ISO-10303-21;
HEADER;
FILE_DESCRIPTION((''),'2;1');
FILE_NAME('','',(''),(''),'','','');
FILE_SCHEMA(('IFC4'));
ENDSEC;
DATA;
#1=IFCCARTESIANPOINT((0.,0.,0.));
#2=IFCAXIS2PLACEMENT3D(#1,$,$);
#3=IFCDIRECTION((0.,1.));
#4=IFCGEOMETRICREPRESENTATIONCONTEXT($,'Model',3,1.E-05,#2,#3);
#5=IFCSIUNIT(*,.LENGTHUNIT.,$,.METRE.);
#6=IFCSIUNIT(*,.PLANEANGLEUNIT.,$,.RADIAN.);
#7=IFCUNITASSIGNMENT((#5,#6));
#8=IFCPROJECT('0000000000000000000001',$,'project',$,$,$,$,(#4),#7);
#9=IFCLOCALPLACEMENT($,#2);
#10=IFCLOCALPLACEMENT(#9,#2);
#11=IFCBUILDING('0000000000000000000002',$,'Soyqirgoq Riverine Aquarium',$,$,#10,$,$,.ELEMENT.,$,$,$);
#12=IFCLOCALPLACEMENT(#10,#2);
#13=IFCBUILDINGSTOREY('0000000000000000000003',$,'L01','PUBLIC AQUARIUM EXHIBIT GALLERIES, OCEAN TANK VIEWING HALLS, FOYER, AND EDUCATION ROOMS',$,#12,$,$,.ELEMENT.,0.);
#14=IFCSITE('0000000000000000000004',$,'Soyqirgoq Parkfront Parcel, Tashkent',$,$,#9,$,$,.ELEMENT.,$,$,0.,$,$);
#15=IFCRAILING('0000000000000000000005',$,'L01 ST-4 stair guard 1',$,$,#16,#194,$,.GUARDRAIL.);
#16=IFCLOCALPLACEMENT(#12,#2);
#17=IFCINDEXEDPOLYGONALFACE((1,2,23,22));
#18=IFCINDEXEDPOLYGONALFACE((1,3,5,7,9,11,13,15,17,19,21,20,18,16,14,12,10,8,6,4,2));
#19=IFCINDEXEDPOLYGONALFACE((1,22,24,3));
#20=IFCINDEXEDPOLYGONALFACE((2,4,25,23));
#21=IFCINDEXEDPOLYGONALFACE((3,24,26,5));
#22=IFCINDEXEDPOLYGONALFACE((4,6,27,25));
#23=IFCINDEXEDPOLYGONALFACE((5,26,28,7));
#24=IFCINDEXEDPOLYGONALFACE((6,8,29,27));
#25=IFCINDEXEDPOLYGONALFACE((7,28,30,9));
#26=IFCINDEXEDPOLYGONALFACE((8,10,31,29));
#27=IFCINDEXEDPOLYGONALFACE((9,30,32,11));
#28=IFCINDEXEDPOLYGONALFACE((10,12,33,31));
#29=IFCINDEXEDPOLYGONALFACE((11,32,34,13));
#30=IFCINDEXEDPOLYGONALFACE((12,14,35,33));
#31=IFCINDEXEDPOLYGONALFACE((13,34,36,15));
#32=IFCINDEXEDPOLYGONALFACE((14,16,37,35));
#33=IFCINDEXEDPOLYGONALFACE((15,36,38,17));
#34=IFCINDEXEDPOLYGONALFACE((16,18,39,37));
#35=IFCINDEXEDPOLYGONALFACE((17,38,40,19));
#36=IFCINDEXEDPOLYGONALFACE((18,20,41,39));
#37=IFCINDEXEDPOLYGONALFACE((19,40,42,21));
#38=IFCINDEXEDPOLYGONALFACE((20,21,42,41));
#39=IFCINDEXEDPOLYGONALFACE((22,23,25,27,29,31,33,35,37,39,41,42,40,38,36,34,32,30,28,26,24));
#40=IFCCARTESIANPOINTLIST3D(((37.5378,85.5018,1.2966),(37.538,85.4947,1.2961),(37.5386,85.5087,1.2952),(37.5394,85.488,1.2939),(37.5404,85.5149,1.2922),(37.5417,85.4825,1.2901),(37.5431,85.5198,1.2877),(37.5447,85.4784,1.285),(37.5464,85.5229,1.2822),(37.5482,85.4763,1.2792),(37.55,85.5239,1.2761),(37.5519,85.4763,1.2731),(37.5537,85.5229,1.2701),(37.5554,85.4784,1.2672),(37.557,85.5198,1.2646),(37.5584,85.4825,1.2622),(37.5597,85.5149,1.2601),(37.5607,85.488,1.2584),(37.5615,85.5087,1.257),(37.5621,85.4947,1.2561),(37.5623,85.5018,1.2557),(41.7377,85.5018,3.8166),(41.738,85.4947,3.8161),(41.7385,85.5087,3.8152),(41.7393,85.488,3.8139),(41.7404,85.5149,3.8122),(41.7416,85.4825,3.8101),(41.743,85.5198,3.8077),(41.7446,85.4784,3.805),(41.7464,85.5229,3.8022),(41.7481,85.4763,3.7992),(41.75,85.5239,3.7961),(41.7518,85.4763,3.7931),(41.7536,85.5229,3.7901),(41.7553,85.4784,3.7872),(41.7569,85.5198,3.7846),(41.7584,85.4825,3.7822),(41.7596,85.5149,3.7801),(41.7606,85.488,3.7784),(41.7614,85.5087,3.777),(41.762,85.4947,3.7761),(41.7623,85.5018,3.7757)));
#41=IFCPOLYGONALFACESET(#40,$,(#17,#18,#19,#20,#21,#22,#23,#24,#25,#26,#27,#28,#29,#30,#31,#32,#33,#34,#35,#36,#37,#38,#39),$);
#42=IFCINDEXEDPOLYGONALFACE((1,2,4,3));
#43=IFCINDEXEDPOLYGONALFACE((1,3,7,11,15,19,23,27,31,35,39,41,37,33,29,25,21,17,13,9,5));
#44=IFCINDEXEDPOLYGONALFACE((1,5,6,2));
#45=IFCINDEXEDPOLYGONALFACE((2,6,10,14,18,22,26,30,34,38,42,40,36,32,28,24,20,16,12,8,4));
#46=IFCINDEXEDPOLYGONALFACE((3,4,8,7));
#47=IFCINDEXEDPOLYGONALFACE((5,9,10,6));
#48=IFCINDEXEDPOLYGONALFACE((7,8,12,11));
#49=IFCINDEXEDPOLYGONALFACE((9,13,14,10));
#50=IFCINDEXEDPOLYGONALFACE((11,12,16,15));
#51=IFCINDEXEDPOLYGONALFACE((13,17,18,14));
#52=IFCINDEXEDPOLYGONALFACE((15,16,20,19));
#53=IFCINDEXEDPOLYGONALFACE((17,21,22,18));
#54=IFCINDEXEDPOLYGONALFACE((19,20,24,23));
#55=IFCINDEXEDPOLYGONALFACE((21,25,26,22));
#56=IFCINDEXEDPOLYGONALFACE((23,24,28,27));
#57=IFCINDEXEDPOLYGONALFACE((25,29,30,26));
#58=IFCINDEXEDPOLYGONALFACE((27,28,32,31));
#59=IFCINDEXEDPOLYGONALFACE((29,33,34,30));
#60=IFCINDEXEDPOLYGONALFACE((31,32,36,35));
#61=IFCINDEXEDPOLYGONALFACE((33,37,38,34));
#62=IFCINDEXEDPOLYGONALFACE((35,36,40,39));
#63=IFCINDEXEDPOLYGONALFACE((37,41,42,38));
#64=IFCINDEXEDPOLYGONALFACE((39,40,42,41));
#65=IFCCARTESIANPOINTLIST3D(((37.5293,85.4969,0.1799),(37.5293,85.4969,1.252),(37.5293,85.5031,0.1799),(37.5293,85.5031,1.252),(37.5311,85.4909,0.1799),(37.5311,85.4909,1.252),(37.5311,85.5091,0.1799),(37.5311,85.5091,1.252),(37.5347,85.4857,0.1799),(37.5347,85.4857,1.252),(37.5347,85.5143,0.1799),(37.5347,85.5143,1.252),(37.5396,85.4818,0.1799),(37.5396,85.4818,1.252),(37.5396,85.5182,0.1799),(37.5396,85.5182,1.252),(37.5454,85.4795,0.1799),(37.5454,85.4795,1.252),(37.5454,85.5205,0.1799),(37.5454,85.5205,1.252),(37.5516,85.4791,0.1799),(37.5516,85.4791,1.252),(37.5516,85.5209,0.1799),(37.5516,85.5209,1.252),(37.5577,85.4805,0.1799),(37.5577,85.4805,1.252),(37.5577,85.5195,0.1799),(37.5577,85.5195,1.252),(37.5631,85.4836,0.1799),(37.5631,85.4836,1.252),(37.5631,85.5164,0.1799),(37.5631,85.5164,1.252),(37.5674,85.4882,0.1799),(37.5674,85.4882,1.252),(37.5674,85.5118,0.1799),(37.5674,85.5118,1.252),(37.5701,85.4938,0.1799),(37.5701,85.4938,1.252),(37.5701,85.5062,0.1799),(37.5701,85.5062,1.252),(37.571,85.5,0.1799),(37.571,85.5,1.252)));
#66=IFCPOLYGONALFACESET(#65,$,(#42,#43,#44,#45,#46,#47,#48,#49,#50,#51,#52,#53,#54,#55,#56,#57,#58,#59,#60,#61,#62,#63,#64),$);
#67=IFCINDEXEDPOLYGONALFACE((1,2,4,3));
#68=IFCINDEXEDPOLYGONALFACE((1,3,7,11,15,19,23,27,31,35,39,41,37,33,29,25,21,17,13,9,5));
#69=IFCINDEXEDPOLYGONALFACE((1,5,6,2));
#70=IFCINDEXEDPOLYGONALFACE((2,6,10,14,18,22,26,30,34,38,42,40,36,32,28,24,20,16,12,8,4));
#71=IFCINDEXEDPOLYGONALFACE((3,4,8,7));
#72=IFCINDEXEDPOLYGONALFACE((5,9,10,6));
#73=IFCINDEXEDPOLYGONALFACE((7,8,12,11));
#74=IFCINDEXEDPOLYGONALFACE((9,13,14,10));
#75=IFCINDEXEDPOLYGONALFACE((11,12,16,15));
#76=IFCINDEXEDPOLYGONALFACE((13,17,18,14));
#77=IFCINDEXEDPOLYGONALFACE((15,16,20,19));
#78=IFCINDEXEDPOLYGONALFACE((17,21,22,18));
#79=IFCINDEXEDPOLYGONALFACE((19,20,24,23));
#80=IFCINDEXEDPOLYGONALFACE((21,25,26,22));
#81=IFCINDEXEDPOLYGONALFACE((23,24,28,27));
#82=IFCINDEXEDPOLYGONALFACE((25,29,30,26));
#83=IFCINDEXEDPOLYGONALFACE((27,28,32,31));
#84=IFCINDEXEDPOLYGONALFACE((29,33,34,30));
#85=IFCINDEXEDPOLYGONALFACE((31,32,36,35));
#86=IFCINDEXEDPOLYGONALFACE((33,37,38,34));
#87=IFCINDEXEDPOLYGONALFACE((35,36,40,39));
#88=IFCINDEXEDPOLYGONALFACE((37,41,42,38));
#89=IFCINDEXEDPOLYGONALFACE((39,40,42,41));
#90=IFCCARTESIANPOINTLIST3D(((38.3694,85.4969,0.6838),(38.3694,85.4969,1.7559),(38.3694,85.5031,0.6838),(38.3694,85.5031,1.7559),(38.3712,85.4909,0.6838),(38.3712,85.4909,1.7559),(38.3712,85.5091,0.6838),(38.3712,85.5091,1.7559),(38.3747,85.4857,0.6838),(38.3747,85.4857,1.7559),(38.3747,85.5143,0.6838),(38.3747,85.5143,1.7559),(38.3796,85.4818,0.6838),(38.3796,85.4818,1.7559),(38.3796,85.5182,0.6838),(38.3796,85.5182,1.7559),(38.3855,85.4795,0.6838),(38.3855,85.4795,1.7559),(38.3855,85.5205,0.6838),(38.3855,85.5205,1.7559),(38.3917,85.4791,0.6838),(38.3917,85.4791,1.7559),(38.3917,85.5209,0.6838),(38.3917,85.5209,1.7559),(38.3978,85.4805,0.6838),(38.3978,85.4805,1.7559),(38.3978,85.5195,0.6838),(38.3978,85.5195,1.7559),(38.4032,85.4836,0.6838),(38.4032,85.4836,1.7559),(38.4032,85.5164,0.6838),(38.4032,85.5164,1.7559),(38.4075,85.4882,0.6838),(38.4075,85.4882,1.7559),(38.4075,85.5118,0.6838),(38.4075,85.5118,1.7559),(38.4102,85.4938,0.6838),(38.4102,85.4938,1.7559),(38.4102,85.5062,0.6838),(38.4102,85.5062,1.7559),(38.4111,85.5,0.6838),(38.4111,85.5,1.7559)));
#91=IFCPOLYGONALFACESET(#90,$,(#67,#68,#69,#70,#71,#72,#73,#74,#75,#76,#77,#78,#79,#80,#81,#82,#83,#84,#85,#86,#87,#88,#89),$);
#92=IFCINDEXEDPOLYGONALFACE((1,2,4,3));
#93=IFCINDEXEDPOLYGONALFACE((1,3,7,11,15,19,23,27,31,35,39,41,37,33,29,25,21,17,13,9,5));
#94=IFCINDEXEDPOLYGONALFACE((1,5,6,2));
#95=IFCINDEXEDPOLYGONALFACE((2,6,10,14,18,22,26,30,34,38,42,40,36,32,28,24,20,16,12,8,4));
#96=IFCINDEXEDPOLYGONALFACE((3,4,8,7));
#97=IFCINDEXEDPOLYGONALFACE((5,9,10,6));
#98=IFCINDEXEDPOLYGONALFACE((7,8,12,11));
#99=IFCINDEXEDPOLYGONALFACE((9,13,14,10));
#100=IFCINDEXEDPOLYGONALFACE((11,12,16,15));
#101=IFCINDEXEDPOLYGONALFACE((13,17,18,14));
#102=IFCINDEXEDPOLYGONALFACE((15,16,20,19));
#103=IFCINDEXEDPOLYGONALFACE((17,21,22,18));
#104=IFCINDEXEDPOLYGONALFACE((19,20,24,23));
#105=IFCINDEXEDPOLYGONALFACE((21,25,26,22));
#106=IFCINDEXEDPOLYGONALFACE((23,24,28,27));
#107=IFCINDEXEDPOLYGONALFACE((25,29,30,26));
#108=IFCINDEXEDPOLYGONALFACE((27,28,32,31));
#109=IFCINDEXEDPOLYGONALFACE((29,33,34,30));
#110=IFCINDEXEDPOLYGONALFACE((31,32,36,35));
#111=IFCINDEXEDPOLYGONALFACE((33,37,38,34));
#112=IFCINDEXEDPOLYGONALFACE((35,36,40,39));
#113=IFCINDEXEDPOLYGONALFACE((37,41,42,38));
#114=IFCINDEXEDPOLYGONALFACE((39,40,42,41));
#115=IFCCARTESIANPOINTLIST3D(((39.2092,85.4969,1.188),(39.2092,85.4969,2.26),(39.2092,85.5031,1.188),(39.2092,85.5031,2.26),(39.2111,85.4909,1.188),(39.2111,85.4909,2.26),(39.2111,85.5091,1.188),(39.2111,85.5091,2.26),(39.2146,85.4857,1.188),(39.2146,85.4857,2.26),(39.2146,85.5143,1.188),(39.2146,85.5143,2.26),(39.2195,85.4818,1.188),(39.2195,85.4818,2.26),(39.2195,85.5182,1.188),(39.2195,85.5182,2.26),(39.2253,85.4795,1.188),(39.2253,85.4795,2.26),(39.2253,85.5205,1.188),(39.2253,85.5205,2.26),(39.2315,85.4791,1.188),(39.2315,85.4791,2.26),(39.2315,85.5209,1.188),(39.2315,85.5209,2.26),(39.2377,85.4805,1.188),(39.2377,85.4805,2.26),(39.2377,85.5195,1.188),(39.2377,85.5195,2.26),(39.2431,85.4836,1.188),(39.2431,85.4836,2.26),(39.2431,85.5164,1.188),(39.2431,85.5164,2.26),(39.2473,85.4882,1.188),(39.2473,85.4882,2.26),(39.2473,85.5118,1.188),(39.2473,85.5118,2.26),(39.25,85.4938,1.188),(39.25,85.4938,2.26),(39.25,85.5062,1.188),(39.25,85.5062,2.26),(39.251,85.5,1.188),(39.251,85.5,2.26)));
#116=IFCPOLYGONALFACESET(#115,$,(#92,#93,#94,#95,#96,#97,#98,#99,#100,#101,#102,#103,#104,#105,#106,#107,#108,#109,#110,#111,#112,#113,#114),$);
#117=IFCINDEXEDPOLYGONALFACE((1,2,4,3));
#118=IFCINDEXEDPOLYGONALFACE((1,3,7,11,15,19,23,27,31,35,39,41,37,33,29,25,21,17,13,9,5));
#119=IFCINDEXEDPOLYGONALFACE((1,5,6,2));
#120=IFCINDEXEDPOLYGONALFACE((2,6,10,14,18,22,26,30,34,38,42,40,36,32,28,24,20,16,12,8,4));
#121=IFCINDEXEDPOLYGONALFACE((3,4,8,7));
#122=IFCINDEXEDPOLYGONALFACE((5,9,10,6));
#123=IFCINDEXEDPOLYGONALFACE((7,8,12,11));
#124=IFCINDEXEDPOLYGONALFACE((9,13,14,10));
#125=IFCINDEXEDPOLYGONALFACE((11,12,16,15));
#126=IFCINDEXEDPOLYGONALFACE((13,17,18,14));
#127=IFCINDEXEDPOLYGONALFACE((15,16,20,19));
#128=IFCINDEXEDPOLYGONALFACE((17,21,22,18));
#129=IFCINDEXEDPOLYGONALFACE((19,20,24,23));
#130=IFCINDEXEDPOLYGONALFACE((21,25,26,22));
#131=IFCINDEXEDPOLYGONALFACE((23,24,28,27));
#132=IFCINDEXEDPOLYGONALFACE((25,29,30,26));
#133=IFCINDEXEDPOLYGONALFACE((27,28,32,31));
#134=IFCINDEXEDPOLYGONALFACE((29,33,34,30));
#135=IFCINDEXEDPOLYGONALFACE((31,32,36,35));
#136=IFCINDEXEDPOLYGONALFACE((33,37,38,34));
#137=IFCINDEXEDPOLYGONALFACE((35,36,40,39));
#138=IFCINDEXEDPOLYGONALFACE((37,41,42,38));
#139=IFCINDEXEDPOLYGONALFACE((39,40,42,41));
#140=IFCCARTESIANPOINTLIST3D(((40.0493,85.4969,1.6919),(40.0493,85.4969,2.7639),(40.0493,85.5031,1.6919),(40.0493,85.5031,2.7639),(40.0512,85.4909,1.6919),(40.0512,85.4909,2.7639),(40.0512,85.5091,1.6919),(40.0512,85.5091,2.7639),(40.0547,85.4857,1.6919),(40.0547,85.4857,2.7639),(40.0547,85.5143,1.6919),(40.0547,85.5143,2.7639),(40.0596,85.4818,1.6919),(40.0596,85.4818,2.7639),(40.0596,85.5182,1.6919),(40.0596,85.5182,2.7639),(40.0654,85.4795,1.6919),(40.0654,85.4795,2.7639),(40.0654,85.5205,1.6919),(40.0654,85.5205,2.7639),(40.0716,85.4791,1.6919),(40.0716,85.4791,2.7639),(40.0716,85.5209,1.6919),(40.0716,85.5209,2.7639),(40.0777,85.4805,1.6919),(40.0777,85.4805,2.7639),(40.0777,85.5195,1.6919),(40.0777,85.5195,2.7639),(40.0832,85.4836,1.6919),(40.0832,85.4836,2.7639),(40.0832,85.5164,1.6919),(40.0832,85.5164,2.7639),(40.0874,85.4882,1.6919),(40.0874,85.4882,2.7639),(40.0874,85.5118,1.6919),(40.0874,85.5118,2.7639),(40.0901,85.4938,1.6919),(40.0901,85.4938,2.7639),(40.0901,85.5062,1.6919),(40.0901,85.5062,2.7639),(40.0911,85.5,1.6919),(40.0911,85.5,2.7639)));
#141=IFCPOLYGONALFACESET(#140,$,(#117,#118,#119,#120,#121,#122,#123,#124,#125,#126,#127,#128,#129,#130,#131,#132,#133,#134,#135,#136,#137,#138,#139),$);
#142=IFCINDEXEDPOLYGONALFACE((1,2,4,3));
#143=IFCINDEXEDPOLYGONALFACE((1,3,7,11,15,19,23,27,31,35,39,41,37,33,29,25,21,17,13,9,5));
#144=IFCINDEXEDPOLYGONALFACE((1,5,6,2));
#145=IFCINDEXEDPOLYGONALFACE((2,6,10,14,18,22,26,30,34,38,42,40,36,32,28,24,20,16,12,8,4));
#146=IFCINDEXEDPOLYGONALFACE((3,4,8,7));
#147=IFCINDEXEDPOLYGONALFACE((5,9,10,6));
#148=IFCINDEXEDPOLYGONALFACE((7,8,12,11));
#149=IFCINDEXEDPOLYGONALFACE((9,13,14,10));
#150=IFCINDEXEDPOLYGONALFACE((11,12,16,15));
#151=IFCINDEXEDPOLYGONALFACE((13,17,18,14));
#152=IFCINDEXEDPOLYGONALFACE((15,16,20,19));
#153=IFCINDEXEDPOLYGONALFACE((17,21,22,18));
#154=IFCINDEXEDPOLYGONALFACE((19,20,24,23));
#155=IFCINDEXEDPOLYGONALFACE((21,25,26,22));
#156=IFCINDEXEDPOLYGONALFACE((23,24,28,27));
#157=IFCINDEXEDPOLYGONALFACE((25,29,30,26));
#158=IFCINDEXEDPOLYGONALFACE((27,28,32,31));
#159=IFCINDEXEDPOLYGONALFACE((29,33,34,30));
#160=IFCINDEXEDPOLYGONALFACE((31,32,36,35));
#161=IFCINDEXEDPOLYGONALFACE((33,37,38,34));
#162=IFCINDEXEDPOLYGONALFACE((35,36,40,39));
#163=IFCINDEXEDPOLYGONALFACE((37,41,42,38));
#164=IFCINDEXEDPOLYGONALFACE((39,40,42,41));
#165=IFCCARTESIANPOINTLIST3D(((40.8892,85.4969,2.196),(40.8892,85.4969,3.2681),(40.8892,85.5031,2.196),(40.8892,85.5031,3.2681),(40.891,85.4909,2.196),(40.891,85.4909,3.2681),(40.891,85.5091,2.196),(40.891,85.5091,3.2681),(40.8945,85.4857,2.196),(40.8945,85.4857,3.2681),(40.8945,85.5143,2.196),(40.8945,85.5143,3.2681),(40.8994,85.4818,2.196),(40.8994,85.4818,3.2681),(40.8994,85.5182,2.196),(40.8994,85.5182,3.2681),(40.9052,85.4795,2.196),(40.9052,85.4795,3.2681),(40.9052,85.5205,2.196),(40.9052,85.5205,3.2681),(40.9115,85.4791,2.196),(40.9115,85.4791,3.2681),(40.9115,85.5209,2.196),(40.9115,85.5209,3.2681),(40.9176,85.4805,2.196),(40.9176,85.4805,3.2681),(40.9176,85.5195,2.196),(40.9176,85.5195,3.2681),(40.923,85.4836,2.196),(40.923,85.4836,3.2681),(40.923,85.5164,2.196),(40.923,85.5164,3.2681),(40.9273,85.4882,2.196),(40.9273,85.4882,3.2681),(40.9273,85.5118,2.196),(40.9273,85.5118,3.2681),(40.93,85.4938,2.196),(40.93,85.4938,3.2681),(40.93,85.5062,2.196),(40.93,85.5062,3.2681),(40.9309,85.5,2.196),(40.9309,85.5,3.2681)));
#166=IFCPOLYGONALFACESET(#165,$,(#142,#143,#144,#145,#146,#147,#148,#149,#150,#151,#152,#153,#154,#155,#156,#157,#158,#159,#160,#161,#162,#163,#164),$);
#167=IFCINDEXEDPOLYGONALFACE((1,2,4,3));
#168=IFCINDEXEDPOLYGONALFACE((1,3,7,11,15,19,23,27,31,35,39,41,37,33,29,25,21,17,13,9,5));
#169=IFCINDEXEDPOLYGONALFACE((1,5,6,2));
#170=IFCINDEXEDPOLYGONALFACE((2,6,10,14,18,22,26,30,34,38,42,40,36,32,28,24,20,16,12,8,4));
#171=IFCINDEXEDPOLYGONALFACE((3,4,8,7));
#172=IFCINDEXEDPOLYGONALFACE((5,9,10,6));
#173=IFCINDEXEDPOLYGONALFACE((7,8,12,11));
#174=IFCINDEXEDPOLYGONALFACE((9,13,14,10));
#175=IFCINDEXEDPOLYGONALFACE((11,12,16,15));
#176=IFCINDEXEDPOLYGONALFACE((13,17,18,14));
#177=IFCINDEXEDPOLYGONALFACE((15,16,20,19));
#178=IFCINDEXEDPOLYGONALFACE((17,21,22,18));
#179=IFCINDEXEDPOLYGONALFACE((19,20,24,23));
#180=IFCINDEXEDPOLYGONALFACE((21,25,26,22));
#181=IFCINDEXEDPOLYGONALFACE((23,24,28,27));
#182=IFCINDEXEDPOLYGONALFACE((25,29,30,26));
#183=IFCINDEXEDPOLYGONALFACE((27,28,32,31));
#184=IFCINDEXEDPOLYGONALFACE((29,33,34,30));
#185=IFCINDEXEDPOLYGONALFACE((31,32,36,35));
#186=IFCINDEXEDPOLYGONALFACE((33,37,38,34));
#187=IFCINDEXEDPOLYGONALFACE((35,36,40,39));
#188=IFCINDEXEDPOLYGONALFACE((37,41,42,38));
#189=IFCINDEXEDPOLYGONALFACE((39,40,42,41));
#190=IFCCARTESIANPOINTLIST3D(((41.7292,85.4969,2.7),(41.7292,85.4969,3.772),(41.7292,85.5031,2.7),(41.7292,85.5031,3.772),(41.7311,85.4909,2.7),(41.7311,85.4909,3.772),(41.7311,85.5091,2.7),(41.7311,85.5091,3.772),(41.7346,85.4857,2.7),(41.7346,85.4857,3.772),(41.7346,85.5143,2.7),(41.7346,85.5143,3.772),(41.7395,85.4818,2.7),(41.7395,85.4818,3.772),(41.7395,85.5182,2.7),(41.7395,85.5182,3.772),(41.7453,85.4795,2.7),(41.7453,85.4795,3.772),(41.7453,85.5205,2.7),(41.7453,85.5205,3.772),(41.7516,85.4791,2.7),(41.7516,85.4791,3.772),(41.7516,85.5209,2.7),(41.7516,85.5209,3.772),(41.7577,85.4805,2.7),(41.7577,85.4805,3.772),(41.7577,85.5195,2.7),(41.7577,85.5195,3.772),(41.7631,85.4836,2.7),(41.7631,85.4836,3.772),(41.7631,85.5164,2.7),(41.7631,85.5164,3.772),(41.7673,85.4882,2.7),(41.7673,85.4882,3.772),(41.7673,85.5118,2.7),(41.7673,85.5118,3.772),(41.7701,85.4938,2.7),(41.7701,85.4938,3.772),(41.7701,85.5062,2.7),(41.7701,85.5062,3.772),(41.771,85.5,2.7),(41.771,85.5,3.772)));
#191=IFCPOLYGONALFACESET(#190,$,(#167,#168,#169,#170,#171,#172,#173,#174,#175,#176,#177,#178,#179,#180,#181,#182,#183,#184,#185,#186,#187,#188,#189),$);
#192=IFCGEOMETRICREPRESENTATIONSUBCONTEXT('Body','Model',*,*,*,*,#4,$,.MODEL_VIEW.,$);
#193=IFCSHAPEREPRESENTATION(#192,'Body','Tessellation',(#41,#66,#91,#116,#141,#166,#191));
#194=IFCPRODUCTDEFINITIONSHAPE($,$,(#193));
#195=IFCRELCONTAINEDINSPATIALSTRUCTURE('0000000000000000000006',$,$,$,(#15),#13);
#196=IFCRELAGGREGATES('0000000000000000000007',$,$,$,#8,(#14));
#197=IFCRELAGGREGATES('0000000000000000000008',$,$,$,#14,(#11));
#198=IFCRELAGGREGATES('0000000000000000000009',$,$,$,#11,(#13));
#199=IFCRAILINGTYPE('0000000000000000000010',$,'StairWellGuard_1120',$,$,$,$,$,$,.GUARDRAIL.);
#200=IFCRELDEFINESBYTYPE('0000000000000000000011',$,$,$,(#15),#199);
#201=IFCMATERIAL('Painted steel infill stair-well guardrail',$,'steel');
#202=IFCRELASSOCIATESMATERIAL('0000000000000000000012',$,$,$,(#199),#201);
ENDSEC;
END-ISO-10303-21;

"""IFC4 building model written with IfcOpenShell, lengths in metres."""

from ifc_helpers import new_model, si_unit, direction, frame, origin, origin_2d, place, context, subcontext, project, spatial, circle, extrude, material, type_object, element, save


model = new_model("IFC4")

# Units and contexts
model_context = context("Model", 3, precision=1e-05, world=origin(), true_north=direction((0.0, 1.0)))
body_context = subcontext(model_context, "Body", "Model", "MODEL_VIEW")
ifc_project = project(units=[si_unit("LENGTHUNIT", "METRE"), si_unit("PLANEANGLEUNIT", "RADIAN")], contexts=[model_context])

# Site, building, storey
site_placement = place(None, origin())
site = spatial("IfcSite", under=ifc_project, at=site_placement, Name="Soyqirgoq Parkfront Parcel, Tashkent", CompositionType="ELEMENT", RefElevation=0.0)
building_placement = place(site_placement, origin())
building = spatial("IfcBuilding", under=site, at=building_placement, Name="Soyqirgoq Riverine Aquarium", CompositionType="ELEMENT")
storey_placement = place(building_placement, origin())
storey = spatial("IfcBuildingStorey", under=building, at=storey_placement, Name="L01", Description="PUBLIC AQUARIUM EXHIBIT GALLERIES, OCEAN TANK VIEWING HALLS, FOYER, AND EDUCATION ROOMS", CompositionType="ELEMENT", Elevation=0.0)

# Railing
ifc_material_1 = material(Name="Painted steel infill stair-well guardrail", Category="steel")
railing_type_1 = type_object("IfcRailingType", Name="StairWellGuard_1120", PredefinedType="GUARDRAIL", material=ifc_material_1)
railing_1_placement = place(storey_placement, frame((37.55, 85.5, 0.1799)))
element("IfcRailing", 1, at=railing_1_placement, inside=storey, type_object=railing_type_1, Name="L01 ST-4 stair guard 1", PredefinedType="GUARDRAIL", context=body_context, shape_type="SweptSolid", body=[
    extrude(circle(Radius=0.0239, at=origin_2d()), frame((0.0, 0.0, 1.0962), z_axis=(0.857489, 0.0, 0.514503), x_axis=(0.0, 1.0, 0.0)), (0.0, 0.0, 1.0), 4.8979),
    extrude(circle(Radius=0.021, at=origin_2d()), origin(), (0.0, 0.0, 1.0), 1.072),
    extrude(circle(Radius=0.021, at=origin_2d()), frame((0.8401, 0.0, 0.5039)), (0.0, 0.0, 1.0), 1.072),
    extrude(circle(Radius=0.021, at=origin_2d()), frame((1.6799, 0.0, 1.0081)), (0.0, 0.0, 1.0), 1.072),
    extrude(circle(Radius=0.021, at=origin_2d()), frame((2.52, 0.0, 1.512)), (0.0, 0.0, 1.0), 1.072),
    extrude(circle(Radius=0.021, at=origin_2d()), frame((3.3599, 0.0, 2.0161)), (0.0, 0.0, 1.0), 1.072),
    extrude(circle(Radius=0.021, at=origin_2d()), frame((4.2, 0.0, 2.52)), (0.0, 0.0, 1.0), 1.072),
])

save(model, "model.ifc")
